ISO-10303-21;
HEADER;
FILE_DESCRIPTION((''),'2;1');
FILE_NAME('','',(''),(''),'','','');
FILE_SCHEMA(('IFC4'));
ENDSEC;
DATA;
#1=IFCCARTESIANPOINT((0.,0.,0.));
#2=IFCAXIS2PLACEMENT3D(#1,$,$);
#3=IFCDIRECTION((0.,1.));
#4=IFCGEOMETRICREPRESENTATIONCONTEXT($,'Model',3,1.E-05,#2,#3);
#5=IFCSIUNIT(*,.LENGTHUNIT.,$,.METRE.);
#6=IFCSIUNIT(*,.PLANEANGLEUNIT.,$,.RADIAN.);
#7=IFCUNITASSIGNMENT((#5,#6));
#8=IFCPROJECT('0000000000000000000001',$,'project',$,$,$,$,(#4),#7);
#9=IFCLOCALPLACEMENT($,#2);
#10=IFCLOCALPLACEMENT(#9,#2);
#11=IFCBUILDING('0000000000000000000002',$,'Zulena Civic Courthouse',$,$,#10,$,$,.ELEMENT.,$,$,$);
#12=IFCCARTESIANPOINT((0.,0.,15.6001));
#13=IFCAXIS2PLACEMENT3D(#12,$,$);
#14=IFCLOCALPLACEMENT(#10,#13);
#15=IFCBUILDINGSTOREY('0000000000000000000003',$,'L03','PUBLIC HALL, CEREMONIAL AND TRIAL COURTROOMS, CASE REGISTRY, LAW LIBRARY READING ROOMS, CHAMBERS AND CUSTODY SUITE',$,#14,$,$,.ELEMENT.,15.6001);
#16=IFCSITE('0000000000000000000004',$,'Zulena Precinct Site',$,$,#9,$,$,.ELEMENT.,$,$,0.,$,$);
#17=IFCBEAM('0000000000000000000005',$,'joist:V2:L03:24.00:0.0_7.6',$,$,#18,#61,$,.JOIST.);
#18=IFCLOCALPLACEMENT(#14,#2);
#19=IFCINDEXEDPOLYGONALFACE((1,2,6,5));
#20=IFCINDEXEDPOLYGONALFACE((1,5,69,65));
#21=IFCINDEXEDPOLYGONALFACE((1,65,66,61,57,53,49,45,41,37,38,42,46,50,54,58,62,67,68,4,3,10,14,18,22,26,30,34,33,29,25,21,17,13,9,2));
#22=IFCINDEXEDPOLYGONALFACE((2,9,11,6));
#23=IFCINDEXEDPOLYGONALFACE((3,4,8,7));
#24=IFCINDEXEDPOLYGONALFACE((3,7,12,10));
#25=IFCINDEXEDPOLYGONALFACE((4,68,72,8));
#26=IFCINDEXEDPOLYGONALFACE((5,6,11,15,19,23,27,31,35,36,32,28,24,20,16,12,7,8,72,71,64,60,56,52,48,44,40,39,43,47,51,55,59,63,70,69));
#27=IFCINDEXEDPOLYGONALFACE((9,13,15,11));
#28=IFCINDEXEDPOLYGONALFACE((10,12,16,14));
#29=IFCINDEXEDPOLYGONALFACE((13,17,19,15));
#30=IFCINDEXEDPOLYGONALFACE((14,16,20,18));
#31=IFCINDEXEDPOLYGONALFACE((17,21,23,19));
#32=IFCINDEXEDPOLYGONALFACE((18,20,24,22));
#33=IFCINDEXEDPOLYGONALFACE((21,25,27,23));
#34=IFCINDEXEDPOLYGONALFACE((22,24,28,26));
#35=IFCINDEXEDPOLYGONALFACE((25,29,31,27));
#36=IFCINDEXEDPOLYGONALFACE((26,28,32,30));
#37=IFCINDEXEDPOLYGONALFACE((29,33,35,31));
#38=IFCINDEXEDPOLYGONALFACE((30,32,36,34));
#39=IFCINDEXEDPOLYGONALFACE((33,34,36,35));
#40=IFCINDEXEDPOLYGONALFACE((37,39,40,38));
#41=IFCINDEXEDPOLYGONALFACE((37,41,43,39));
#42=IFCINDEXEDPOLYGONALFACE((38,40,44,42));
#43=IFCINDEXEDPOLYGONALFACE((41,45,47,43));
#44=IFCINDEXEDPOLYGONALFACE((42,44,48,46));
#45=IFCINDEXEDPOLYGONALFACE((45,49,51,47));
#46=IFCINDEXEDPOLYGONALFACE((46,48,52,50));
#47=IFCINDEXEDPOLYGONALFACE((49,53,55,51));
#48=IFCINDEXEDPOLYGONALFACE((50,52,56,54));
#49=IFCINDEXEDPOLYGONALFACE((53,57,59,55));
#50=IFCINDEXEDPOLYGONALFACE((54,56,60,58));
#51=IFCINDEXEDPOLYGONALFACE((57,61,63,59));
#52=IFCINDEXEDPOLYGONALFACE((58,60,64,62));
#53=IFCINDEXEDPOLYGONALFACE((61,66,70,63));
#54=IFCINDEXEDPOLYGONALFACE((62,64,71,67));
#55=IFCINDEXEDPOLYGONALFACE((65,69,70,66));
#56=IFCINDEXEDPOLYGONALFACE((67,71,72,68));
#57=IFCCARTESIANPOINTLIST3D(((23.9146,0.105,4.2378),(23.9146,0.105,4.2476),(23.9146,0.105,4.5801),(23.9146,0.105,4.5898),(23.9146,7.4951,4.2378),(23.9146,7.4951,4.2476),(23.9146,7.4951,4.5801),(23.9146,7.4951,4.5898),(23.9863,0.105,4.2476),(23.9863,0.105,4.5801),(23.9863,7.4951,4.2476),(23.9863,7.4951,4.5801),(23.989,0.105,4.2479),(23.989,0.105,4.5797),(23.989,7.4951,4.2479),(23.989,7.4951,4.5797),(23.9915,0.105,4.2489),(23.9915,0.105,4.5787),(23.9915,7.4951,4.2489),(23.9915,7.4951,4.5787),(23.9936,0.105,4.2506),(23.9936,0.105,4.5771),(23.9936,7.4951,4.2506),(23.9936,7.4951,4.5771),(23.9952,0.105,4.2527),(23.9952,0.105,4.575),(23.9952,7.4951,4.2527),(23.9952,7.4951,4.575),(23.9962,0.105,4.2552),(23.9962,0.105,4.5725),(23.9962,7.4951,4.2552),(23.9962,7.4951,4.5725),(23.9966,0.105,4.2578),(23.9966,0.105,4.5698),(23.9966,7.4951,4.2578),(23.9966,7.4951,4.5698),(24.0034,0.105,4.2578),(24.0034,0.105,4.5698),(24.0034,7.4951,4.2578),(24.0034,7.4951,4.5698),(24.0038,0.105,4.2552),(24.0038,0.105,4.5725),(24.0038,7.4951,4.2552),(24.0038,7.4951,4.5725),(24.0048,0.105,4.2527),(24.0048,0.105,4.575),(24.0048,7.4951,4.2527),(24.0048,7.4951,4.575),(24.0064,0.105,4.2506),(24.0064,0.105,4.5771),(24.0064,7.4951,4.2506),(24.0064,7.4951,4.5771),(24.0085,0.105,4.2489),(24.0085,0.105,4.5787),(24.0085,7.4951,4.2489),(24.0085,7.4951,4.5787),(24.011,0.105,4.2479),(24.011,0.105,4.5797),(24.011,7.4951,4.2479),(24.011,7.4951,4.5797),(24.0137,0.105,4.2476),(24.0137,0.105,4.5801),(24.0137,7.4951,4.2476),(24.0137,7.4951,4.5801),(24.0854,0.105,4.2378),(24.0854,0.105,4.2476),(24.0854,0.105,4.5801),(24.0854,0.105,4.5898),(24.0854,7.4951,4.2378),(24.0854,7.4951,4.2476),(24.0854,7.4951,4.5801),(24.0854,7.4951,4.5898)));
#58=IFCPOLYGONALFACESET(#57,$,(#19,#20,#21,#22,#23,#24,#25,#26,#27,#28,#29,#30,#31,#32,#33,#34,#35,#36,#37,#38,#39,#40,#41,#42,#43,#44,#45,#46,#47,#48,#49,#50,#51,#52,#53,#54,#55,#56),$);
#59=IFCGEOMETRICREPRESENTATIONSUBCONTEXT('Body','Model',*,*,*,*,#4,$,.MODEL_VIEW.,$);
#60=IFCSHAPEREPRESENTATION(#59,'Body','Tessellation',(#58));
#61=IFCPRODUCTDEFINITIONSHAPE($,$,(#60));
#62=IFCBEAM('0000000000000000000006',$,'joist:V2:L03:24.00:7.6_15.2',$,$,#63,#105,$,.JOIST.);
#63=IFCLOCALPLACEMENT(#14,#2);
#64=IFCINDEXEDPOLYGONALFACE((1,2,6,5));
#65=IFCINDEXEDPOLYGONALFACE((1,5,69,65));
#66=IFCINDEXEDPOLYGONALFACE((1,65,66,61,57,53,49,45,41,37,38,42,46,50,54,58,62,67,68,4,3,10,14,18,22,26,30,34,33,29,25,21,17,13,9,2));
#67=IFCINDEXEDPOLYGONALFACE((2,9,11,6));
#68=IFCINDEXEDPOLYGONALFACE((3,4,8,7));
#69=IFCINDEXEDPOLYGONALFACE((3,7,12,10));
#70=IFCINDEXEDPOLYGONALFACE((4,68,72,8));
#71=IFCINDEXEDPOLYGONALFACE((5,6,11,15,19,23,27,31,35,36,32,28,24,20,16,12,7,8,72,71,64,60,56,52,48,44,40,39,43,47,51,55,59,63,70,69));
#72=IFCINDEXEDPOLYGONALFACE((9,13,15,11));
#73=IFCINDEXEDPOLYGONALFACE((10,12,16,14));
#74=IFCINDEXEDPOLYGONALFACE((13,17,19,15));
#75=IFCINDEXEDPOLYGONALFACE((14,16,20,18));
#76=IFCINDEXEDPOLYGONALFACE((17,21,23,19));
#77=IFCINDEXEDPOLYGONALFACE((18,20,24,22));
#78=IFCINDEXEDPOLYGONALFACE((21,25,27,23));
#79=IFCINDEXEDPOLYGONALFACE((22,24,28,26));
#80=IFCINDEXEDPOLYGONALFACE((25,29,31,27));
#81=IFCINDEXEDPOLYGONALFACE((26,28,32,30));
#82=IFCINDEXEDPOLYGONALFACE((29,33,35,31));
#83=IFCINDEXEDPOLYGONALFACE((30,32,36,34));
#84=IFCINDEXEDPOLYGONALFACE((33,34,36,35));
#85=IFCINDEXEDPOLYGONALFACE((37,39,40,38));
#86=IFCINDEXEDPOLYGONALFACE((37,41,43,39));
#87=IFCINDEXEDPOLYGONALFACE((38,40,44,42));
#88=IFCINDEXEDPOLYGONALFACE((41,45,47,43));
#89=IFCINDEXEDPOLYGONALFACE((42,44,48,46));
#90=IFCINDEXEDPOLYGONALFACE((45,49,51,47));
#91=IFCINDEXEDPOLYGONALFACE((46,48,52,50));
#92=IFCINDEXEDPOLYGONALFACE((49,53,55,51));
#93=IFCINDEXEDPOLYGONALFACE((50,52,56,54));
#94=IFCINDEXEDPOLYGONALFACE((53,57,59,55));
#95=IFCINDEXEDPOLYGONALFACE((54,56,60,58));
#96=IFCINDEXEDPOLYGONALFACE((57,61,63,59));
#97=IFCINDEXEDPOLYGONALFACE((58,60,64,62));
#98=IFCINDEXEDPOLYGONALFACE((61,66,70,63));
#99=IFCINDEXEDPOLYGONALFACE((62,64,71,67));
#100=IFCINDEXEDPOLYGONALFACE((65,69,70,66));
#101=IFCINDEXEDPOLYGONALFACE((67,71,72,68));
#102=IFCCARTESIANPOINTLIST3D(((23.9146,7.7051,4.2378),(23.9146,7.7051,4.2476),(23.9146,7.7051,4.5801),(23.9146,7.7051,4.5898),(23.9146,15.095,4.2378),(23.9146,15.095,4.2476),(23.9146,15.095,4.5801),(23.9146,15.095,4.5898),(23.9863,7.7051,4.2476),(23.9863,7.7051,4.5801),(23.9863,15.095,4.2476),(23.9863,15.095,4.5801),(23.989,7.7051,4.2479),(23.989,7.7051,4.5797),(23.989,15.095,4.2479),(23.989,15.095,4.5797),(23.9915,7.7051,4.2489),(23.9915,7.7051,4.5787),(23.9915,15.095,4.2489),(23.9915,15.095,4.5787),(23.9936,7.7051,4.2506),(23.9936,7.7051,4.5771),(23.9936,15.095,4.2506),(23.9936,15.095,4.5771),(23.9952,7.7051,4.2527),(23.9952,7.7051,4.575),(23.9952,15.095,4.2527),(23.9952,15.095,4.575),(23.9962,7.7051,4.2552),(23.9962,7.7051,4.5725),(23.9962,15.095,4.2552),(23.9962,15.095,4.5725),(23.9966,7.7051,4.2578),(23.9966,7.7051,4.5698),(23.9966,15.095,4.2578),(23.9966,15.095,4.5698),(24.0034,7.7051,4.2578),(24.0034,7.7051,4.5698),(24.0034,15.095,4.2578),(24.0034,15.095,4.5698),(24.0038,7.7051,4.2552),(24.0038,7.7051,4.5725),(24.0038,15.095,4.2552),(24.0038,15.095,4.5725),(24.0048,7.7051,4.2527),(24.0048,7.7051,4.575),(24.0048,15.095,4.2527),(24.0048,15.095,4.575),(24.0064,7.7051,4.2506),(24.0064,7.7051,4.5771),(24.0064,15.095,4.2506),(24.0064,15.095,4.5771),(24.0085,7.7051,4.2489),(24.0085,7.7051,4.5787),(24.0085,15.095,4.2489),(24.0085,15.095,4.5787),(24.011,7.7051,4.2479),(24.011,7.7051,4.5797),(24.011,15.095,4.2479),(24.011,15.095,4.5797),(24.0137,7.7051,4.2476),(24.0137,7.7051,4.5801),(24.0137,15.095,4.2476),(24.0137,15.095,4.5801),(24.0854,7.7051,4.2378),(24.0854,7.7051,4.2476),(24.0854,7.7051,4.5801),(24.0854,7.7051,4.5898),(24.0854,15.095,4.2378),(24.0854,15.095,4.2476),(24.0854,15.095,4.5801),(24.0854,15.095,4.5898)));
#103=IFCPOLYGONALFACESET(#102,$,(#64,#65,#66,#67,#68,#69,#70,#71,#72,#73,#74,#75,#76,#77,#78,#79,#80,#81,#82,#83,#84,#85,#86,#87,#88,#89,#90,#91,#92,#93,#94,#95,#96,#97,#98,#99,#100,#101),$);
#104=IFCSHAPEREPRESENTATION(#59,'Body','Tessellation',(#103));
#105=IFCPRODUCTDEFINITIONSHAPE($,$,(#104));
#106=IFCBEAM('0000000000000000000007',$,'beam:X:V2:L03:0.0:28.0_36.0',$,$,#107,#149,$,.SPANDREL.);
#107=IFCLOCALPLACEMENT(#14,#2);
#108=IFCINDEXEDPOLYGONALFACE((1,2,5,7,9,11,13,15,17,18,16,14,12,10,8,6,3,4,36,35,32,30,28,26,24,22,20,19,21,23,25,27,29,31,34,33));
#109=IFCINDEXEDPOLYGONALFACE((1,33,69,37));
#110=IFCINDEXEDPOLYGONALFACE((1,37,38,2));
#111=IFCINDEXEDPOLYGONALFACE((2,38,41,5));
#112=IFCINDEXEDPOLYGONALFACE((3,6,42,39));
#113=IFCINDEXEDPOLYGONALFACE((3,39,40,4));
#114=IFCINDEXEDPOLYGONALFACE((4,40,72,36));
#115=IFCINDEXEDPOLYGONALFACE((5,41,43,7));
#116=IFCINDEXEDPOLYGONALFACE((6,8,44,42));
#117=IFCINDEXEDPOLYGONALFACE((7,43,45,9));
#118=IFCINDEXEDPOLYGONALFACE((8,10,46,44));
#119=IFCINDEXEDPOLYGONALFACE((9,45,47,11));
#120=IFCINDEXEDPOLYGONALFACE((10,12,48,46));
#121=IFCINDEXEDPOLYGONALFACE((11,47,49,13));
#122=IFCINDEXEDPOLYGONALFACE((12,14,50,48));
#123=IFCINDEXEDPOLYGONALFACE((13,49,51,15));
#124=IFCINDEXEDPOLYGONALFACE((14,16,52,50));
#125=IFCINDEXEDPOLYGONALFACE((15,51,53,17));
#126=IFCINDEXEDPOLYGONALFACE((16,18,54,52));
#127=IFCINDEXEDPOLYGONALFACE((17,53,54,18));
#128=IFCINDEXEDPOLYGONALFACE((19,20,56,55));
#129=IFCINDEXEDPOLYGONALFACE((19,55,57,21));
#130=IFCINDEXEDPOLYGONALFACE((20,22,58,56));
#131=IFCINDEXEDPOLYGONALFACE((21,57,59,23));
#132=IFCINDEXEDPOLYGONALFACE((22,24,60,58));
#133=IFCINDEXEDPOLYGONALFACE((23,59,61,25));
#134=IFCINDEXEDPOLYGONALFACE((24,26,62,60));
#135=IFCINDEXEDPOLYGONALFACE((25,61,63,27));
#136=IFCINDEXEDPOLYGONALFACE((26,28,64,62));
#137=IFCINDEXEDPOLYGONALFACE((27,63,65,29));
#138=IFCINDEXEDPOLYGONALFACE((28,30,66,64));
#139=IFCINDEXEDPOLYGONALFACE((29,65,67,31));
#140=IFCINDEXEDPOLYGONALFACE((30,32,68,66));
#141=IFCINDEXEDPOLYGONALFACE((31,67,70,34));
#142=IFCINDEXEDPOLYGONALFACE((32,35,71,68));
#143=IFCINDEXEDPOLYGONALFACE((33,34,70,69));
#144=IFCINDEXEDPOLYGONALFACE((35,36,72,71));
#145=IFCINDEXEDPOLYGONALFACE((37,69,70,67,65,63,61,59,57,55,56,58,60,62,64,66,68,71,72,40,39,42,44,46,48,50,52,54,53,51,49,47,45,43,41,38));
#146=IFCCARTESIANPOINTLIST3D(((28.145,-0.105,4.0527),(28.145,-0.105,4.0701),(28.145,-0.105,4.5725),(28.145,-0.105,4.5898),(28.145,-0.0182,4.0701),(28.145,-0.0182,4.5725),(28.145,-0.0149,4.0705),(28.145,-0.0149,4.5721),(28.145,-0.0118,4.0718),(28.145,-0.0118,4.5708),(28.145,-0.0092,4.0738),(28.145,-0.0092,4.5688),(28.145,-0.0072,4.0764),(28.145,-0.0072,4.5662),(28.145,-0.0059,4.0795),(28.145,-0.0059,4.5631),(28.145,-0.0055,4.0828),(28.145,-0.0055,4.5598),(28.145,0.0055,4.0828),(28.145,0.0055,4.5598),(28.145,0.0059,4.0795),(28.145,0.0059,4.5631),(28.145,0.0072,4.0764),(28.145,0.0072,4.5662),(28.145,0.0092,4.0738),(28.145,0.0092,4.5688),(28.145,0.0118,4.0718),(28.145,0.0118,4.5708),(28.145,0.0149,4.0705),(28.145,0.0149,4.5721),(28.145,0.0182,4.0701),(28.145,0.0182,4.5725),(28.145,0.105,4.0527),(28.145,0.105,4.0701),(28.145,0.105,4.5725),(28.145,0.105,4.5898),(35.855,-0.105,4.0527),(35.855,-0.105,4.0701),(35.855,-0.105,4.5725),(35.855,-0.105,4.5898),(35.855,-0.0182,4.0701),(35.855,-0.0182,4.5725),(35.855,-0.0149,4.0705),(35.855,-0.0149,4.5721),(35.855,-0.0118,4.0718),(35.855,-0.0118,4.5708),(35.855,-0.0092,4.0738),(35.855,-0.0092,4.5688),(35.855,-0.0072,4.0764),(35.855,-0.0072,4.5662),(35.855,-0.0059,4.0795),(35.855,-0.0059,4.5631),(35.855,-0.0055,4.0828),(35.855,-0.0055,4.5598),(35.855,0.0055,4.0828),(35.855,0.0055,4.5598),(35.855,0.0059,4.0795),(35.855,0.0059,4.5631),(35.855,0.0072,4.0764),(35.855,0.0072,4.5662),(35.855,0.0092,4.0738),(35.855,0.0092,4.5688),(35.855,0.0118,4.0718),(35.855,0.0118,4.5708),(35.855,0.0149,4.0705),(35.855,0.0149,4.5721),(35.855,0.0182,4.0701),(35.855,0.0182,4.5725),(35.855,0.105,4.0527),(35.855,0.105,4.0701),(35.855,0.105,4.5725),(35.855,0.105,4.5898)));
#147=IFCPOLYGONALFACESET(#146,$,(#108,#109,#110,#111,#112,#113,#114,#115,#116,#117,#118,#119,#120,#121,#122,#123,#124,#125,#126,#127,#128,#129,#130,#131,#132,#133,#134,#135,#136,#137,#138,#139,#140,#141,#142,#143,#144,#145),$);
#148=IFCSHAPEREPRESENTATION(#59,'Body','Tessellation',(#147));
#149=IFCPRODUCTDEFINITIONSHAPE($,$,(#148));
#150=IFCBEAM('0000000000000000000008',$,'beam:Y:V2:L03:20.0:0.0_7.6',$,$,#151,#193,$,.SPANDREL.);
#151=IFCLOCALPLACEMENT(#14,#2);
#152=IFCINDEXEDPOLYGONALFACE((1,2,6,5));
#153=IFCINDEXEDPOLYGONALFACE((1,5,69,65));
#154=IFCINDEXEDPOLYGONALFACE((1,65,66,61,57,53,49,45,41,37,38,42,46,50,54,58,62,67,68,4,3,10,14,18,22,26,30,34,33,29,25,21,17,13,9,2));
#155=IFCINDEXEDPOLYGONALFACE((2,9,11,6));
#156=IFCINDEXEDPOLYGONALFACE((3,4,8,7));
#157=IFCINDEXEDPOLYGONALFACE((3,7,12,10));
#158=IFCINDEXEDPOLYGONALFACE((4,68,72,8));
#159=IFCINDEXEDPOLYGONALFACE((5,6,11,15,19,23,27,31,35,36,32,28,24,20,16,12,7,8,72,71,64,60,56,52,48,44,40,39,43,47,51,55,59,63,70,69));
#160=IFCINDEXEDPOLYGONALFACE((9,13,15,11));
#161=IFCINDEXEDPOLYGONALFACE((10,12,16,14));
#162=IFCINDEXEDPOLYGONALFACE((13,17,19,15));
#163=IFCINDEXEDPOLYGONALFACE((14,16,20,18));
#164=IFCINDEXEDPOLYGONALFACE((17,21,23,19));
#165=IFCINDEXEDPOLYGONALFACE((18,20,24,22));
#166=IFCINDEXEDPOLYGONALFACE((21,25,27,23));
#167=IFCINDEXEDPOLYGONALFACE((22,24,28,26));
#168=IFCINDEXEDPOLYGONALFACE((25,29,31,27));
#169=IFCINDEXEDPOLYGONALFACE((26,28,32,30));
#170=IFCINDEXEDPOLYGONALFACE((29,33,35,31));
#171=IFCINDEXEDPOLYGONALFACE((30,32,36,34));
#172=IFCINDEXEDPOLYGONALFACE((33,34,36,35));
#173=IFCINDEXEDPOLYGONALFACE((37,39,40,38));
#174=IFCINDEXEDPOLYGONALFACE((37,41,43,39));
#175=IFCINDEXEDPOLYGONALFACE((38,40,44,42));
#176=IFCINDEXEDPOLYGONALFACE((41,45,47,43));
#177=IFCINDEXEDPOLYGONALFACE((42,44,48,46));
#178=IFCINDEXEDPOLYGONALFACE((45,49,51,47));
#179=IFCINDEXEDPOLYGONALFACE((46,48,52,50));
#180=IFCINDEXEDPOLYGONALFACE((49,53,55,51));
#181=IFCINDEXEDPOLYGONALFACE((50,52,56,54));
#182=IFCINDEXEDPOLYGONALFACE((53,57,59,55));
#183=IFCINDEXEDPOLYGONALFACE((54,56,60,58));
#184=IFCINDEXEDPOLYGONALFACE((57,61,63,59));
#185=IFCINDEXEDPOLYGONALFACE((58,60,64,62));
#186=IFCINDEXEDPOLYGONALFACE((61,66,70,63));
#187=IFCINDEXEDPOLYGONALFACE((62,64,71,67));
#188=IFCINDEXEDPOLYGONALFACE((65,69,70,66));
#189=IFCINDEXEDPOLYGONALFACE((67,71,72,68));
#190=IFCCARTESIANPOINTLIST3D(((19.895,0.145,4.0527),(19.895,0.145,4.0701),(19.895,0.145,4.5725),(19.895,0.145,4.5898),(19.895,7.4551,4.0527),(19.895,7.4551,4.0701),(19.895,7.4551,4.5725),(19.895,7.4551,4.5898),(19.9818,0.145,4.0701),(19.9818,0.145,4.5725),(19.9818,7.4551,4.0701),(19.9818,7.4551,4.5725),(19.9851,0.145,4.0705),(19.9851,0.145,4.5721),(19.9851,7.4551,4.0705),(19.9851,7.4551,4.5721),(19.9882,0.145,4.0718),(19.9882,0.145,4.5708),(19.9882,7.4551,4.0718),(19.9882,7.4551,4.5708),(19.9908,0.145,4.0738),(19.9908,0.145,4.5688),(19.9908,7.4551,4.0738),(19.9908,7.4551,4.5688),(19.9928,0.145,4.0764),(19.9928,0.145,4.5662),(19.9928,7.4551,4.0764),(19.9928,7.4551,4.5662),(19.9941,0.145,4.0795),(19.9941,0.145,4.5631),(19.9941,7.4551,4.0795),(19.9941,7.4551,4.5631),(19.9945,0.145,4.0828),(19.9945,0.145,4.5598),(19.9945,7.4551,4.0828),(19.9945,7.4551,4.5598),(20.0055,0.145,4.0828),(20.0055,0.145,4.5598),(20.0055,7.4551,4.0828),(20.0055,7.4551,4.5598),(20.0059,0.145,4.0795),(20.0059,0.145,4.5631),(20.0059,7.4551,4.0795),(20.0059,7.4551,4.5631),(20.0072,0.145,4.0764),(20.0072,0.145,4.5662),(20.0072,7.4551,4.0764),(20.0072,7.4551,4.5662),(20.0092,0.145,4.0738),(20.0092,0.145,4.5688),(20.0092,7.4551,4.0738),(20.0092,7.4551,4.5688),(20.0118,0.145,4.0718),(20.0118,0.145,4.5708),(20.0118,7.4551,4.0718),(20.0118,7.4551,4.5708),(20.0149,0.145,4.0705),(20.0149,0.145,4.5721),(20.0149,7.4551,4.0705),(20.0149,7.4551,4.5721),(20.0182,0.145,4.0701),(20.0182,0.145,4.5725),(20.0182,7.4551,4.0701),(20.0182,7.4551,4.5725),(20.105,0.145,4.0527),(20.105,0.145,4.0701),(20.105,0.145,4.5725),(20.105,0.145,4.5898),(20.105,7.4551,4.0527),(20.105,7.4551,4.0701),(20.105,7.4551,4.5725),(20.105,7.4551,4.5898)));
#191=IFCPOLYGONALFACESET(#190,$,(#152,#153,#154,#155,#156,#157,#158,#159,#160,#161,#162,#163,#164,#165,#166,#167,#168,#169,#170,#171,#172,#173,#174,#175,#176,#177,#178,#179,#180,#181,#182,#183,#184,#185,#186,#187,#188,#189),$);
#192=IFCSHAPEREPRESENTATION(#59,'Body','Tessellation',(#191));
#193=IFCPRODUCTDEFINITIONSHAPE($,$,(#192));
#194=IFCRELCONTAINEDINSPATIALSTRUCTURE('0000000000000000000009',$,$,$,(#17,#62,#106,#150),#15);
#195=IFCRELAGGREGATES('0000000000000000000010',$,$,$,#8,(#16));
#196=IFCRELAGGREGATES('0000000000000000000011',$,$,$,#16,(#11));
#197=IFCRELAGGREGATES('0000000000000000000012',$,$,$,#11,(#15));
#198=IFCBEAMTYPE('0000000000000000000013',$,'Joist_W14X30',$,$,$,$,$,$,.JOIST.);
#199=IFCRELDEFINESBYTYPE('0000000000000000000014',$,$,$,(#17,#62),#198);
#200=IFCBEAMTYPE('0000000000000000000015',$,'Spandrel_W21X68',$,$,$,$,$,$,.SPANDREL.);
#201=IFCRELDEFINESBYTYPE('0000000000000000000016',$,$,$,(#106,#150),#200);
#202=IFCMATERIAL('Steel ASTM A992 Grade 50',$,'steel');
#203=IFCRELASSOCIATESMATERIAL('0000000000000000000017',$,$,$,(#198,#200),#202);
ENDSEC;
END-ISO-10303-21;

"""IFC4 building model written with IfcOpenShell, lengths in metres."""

from ifc_helpers import new_model, si_unit, direction, frame, origin, origin_2d, place, context, subcontext, project, spatial, i_section, extrude, material, material_profile, profile_set, type_object, element, save


model = new_model("IFC4")

# Units and contexts
model_context = context("Model", 3, precision=1e-05, world=origin(), true_north=direction((0.0, 1.0)))
body_context = subcontext(model_context, "Body", "Model", "MODEL_VIEW")
ifc_project = project(units=[si_unit("LENGTHUNIT", "METRE"), si_unit("PLANEANGLEUNIT", "RADIAN")], contexts=[model_context])

# Site, building, storey
site_placement = place(None, origin())
site = spatial("IfcSite", under=ifc_project, at=site_placement, Name="Zulena Precinct Site", CompositionType="ELEMENT", RefElevation=0.0)
building_placement = place(site_placement, origin())
building = spatial("IfcBuilding", under=site, at=building_placement, Name="Zulena Civic Courthouse", CompositionType="ELEMENT")
storey_placement = place(building_placement, frame((0.0, 0.0, 15.6001)))
storey = spatial("IfcBuildingStorey", under=building, at=storey_placement, Name="L03", Description="PUBLIC HALL, CEREMONIAL AND TRIAL COURTROOMS, CASE REGISTRY, LAW LIBRARY READING ROOMS, CHAMBERS AND CUSTODY SUITE", CompositionType="ELEMENT", Elevation=15.6001)

# Shared definitions
ifc_material_1 = material(Name="Steel ASTM A992 Grade 50", Category="steel")

# Beams
ifc_material_profile_1 = material_profile(ifc_material_1, i_section(OverallWidth=0.1709, OverallDepth=0.3521, WebThickness=0.0068, FlangeThickness=0.0098, FilletRadius=0.0103, at=origin_2d()), Name="W14X30")
ifc_profile_set_1 = profile_set([ifc_material_profile_1], Name="Steel ASTM A992 Grade 50")
beam_type_1 = type_object("IfcBeamType", Name="Joist_W14X30", PredefinedType="JOIST", material=ifc_profile_set_1)
for number, where, z_axis, x_axis, name in (
    (1, (24.0, 0.105, 4.4138), (0.0, 1.0, 0.0), (-1.0, 0.0, 0.0), "joist:V2:L03:24.00:0.0_7.6"),
):
    element("IfcBeam", number, at=place(storey_placement, frame(where, z_axis=z_axis, x_axis=x_axis)), inside=storey, type_object=beam_type_1, Name=name, PredefinedType="JOIST", context=body_context, shape_type="SweptSolid", body=[
        extrude(i_section(OverallWidth=0.1709, OverallDepth=0.3521, WebThickness=0.0068, FlangeThickness=0.0098, FilletRadius=0.0103, at=origin_2d()), origin(), (0.0, 0.0, 1.0), 7.3901),
    ])
beam_1_placement = place(storey_placement, frame((24.0, 7.7051, 4.4138), z_axis=(0.0, 1.0, 0.0), x_axis=(-1.0, 0.0, 0.0)))
element("IfcBeam", 2, at=beam_1_placement, inside=storey, type_object=beam_type_1, Name="joist:V2:L03:24.00:7.6_15.2", PredefinedType="JOIST", context=body_context, shape_type="SweptSolid", body=[
    extrude(i_section(OverallWidth=0.1709, OverallDepth=0.3521, WebThickness=0.0068, FlangeThickness=0.0098, FilletRadius=0.0103, at=origin_2d()), origin(), (0.0, 0.0, 1.0), 7.3899),
])
ifc_material_profile_2 = material_profile(ifc_material_1, i_section(OverallWidth=0.21, OverallDepth=0.5371, WebThickness=0.011, FlangeThickness=0.0173, FilletRadius=0.0127, at=origin_2d()), Name="W21X68")
ifc_profile_set_2 = profile_set([ifc_material_profile_2], Name="Steel ASTM A992 Grade 50")
beam_type_2 = type_object("IfcBeamType", Name="Spandrel_W21X68", PredefinedType="SPANDREL", material=ifc_profile_set_2)
beam_2_placement = place(storey_placement, frame((28.145, 0.0, 4.3213), z_axis=(1.0, 0.0, 0.0), x_axis=(0.0, 1.0, 0.0)))
element("IfcBeam", 3, at=beam_2_placement, inside=storey, type_object=beam_type_2, Name="beam:X:V2:L03:0.0:28.0_36.0", PredefinedType="SPANDREL", context=body_context, shape_type="SweptSolid", body=[
    extrude(i_section(OverallWidth=0.21, OverallDepth=0.5371, WebThickness=0.011, FlangeThickness=0.0173, FilletRadius=0.0127, at=origin_2d()), origin(), (0.0, 0.0, 1.0), 7.71),
])
for number, where, z_axis, x_axis, name in (
    (4, (20.0, 0.145, 4.3213), (0.0, 1.0, 0.0), (-1.0, 0.0, 0.0), "beam:Y:V2:L03:20.0:0.0_7.6"),
):
    element("IfcBeam", number, at=place(storey_placement, frame(where, z_axis=z_axis, x_axis=x_axis)), inside=storey, type_object=beam_type_2, Name=name, PredefinedType="SPANDREL", context=body_context, shape_type="SweptSolid", body=[
        extrude(i_section(OverallWidth=0.21, OverallDepth=0.5371, WebThickness=0.011, FlangeThickness=0.0173, FilletRadius=0.0127, at=origin_2d()), origin(), (0.0, 0.0, 1.0), 7.3101),
    ])

save(model, "model.ifc")
